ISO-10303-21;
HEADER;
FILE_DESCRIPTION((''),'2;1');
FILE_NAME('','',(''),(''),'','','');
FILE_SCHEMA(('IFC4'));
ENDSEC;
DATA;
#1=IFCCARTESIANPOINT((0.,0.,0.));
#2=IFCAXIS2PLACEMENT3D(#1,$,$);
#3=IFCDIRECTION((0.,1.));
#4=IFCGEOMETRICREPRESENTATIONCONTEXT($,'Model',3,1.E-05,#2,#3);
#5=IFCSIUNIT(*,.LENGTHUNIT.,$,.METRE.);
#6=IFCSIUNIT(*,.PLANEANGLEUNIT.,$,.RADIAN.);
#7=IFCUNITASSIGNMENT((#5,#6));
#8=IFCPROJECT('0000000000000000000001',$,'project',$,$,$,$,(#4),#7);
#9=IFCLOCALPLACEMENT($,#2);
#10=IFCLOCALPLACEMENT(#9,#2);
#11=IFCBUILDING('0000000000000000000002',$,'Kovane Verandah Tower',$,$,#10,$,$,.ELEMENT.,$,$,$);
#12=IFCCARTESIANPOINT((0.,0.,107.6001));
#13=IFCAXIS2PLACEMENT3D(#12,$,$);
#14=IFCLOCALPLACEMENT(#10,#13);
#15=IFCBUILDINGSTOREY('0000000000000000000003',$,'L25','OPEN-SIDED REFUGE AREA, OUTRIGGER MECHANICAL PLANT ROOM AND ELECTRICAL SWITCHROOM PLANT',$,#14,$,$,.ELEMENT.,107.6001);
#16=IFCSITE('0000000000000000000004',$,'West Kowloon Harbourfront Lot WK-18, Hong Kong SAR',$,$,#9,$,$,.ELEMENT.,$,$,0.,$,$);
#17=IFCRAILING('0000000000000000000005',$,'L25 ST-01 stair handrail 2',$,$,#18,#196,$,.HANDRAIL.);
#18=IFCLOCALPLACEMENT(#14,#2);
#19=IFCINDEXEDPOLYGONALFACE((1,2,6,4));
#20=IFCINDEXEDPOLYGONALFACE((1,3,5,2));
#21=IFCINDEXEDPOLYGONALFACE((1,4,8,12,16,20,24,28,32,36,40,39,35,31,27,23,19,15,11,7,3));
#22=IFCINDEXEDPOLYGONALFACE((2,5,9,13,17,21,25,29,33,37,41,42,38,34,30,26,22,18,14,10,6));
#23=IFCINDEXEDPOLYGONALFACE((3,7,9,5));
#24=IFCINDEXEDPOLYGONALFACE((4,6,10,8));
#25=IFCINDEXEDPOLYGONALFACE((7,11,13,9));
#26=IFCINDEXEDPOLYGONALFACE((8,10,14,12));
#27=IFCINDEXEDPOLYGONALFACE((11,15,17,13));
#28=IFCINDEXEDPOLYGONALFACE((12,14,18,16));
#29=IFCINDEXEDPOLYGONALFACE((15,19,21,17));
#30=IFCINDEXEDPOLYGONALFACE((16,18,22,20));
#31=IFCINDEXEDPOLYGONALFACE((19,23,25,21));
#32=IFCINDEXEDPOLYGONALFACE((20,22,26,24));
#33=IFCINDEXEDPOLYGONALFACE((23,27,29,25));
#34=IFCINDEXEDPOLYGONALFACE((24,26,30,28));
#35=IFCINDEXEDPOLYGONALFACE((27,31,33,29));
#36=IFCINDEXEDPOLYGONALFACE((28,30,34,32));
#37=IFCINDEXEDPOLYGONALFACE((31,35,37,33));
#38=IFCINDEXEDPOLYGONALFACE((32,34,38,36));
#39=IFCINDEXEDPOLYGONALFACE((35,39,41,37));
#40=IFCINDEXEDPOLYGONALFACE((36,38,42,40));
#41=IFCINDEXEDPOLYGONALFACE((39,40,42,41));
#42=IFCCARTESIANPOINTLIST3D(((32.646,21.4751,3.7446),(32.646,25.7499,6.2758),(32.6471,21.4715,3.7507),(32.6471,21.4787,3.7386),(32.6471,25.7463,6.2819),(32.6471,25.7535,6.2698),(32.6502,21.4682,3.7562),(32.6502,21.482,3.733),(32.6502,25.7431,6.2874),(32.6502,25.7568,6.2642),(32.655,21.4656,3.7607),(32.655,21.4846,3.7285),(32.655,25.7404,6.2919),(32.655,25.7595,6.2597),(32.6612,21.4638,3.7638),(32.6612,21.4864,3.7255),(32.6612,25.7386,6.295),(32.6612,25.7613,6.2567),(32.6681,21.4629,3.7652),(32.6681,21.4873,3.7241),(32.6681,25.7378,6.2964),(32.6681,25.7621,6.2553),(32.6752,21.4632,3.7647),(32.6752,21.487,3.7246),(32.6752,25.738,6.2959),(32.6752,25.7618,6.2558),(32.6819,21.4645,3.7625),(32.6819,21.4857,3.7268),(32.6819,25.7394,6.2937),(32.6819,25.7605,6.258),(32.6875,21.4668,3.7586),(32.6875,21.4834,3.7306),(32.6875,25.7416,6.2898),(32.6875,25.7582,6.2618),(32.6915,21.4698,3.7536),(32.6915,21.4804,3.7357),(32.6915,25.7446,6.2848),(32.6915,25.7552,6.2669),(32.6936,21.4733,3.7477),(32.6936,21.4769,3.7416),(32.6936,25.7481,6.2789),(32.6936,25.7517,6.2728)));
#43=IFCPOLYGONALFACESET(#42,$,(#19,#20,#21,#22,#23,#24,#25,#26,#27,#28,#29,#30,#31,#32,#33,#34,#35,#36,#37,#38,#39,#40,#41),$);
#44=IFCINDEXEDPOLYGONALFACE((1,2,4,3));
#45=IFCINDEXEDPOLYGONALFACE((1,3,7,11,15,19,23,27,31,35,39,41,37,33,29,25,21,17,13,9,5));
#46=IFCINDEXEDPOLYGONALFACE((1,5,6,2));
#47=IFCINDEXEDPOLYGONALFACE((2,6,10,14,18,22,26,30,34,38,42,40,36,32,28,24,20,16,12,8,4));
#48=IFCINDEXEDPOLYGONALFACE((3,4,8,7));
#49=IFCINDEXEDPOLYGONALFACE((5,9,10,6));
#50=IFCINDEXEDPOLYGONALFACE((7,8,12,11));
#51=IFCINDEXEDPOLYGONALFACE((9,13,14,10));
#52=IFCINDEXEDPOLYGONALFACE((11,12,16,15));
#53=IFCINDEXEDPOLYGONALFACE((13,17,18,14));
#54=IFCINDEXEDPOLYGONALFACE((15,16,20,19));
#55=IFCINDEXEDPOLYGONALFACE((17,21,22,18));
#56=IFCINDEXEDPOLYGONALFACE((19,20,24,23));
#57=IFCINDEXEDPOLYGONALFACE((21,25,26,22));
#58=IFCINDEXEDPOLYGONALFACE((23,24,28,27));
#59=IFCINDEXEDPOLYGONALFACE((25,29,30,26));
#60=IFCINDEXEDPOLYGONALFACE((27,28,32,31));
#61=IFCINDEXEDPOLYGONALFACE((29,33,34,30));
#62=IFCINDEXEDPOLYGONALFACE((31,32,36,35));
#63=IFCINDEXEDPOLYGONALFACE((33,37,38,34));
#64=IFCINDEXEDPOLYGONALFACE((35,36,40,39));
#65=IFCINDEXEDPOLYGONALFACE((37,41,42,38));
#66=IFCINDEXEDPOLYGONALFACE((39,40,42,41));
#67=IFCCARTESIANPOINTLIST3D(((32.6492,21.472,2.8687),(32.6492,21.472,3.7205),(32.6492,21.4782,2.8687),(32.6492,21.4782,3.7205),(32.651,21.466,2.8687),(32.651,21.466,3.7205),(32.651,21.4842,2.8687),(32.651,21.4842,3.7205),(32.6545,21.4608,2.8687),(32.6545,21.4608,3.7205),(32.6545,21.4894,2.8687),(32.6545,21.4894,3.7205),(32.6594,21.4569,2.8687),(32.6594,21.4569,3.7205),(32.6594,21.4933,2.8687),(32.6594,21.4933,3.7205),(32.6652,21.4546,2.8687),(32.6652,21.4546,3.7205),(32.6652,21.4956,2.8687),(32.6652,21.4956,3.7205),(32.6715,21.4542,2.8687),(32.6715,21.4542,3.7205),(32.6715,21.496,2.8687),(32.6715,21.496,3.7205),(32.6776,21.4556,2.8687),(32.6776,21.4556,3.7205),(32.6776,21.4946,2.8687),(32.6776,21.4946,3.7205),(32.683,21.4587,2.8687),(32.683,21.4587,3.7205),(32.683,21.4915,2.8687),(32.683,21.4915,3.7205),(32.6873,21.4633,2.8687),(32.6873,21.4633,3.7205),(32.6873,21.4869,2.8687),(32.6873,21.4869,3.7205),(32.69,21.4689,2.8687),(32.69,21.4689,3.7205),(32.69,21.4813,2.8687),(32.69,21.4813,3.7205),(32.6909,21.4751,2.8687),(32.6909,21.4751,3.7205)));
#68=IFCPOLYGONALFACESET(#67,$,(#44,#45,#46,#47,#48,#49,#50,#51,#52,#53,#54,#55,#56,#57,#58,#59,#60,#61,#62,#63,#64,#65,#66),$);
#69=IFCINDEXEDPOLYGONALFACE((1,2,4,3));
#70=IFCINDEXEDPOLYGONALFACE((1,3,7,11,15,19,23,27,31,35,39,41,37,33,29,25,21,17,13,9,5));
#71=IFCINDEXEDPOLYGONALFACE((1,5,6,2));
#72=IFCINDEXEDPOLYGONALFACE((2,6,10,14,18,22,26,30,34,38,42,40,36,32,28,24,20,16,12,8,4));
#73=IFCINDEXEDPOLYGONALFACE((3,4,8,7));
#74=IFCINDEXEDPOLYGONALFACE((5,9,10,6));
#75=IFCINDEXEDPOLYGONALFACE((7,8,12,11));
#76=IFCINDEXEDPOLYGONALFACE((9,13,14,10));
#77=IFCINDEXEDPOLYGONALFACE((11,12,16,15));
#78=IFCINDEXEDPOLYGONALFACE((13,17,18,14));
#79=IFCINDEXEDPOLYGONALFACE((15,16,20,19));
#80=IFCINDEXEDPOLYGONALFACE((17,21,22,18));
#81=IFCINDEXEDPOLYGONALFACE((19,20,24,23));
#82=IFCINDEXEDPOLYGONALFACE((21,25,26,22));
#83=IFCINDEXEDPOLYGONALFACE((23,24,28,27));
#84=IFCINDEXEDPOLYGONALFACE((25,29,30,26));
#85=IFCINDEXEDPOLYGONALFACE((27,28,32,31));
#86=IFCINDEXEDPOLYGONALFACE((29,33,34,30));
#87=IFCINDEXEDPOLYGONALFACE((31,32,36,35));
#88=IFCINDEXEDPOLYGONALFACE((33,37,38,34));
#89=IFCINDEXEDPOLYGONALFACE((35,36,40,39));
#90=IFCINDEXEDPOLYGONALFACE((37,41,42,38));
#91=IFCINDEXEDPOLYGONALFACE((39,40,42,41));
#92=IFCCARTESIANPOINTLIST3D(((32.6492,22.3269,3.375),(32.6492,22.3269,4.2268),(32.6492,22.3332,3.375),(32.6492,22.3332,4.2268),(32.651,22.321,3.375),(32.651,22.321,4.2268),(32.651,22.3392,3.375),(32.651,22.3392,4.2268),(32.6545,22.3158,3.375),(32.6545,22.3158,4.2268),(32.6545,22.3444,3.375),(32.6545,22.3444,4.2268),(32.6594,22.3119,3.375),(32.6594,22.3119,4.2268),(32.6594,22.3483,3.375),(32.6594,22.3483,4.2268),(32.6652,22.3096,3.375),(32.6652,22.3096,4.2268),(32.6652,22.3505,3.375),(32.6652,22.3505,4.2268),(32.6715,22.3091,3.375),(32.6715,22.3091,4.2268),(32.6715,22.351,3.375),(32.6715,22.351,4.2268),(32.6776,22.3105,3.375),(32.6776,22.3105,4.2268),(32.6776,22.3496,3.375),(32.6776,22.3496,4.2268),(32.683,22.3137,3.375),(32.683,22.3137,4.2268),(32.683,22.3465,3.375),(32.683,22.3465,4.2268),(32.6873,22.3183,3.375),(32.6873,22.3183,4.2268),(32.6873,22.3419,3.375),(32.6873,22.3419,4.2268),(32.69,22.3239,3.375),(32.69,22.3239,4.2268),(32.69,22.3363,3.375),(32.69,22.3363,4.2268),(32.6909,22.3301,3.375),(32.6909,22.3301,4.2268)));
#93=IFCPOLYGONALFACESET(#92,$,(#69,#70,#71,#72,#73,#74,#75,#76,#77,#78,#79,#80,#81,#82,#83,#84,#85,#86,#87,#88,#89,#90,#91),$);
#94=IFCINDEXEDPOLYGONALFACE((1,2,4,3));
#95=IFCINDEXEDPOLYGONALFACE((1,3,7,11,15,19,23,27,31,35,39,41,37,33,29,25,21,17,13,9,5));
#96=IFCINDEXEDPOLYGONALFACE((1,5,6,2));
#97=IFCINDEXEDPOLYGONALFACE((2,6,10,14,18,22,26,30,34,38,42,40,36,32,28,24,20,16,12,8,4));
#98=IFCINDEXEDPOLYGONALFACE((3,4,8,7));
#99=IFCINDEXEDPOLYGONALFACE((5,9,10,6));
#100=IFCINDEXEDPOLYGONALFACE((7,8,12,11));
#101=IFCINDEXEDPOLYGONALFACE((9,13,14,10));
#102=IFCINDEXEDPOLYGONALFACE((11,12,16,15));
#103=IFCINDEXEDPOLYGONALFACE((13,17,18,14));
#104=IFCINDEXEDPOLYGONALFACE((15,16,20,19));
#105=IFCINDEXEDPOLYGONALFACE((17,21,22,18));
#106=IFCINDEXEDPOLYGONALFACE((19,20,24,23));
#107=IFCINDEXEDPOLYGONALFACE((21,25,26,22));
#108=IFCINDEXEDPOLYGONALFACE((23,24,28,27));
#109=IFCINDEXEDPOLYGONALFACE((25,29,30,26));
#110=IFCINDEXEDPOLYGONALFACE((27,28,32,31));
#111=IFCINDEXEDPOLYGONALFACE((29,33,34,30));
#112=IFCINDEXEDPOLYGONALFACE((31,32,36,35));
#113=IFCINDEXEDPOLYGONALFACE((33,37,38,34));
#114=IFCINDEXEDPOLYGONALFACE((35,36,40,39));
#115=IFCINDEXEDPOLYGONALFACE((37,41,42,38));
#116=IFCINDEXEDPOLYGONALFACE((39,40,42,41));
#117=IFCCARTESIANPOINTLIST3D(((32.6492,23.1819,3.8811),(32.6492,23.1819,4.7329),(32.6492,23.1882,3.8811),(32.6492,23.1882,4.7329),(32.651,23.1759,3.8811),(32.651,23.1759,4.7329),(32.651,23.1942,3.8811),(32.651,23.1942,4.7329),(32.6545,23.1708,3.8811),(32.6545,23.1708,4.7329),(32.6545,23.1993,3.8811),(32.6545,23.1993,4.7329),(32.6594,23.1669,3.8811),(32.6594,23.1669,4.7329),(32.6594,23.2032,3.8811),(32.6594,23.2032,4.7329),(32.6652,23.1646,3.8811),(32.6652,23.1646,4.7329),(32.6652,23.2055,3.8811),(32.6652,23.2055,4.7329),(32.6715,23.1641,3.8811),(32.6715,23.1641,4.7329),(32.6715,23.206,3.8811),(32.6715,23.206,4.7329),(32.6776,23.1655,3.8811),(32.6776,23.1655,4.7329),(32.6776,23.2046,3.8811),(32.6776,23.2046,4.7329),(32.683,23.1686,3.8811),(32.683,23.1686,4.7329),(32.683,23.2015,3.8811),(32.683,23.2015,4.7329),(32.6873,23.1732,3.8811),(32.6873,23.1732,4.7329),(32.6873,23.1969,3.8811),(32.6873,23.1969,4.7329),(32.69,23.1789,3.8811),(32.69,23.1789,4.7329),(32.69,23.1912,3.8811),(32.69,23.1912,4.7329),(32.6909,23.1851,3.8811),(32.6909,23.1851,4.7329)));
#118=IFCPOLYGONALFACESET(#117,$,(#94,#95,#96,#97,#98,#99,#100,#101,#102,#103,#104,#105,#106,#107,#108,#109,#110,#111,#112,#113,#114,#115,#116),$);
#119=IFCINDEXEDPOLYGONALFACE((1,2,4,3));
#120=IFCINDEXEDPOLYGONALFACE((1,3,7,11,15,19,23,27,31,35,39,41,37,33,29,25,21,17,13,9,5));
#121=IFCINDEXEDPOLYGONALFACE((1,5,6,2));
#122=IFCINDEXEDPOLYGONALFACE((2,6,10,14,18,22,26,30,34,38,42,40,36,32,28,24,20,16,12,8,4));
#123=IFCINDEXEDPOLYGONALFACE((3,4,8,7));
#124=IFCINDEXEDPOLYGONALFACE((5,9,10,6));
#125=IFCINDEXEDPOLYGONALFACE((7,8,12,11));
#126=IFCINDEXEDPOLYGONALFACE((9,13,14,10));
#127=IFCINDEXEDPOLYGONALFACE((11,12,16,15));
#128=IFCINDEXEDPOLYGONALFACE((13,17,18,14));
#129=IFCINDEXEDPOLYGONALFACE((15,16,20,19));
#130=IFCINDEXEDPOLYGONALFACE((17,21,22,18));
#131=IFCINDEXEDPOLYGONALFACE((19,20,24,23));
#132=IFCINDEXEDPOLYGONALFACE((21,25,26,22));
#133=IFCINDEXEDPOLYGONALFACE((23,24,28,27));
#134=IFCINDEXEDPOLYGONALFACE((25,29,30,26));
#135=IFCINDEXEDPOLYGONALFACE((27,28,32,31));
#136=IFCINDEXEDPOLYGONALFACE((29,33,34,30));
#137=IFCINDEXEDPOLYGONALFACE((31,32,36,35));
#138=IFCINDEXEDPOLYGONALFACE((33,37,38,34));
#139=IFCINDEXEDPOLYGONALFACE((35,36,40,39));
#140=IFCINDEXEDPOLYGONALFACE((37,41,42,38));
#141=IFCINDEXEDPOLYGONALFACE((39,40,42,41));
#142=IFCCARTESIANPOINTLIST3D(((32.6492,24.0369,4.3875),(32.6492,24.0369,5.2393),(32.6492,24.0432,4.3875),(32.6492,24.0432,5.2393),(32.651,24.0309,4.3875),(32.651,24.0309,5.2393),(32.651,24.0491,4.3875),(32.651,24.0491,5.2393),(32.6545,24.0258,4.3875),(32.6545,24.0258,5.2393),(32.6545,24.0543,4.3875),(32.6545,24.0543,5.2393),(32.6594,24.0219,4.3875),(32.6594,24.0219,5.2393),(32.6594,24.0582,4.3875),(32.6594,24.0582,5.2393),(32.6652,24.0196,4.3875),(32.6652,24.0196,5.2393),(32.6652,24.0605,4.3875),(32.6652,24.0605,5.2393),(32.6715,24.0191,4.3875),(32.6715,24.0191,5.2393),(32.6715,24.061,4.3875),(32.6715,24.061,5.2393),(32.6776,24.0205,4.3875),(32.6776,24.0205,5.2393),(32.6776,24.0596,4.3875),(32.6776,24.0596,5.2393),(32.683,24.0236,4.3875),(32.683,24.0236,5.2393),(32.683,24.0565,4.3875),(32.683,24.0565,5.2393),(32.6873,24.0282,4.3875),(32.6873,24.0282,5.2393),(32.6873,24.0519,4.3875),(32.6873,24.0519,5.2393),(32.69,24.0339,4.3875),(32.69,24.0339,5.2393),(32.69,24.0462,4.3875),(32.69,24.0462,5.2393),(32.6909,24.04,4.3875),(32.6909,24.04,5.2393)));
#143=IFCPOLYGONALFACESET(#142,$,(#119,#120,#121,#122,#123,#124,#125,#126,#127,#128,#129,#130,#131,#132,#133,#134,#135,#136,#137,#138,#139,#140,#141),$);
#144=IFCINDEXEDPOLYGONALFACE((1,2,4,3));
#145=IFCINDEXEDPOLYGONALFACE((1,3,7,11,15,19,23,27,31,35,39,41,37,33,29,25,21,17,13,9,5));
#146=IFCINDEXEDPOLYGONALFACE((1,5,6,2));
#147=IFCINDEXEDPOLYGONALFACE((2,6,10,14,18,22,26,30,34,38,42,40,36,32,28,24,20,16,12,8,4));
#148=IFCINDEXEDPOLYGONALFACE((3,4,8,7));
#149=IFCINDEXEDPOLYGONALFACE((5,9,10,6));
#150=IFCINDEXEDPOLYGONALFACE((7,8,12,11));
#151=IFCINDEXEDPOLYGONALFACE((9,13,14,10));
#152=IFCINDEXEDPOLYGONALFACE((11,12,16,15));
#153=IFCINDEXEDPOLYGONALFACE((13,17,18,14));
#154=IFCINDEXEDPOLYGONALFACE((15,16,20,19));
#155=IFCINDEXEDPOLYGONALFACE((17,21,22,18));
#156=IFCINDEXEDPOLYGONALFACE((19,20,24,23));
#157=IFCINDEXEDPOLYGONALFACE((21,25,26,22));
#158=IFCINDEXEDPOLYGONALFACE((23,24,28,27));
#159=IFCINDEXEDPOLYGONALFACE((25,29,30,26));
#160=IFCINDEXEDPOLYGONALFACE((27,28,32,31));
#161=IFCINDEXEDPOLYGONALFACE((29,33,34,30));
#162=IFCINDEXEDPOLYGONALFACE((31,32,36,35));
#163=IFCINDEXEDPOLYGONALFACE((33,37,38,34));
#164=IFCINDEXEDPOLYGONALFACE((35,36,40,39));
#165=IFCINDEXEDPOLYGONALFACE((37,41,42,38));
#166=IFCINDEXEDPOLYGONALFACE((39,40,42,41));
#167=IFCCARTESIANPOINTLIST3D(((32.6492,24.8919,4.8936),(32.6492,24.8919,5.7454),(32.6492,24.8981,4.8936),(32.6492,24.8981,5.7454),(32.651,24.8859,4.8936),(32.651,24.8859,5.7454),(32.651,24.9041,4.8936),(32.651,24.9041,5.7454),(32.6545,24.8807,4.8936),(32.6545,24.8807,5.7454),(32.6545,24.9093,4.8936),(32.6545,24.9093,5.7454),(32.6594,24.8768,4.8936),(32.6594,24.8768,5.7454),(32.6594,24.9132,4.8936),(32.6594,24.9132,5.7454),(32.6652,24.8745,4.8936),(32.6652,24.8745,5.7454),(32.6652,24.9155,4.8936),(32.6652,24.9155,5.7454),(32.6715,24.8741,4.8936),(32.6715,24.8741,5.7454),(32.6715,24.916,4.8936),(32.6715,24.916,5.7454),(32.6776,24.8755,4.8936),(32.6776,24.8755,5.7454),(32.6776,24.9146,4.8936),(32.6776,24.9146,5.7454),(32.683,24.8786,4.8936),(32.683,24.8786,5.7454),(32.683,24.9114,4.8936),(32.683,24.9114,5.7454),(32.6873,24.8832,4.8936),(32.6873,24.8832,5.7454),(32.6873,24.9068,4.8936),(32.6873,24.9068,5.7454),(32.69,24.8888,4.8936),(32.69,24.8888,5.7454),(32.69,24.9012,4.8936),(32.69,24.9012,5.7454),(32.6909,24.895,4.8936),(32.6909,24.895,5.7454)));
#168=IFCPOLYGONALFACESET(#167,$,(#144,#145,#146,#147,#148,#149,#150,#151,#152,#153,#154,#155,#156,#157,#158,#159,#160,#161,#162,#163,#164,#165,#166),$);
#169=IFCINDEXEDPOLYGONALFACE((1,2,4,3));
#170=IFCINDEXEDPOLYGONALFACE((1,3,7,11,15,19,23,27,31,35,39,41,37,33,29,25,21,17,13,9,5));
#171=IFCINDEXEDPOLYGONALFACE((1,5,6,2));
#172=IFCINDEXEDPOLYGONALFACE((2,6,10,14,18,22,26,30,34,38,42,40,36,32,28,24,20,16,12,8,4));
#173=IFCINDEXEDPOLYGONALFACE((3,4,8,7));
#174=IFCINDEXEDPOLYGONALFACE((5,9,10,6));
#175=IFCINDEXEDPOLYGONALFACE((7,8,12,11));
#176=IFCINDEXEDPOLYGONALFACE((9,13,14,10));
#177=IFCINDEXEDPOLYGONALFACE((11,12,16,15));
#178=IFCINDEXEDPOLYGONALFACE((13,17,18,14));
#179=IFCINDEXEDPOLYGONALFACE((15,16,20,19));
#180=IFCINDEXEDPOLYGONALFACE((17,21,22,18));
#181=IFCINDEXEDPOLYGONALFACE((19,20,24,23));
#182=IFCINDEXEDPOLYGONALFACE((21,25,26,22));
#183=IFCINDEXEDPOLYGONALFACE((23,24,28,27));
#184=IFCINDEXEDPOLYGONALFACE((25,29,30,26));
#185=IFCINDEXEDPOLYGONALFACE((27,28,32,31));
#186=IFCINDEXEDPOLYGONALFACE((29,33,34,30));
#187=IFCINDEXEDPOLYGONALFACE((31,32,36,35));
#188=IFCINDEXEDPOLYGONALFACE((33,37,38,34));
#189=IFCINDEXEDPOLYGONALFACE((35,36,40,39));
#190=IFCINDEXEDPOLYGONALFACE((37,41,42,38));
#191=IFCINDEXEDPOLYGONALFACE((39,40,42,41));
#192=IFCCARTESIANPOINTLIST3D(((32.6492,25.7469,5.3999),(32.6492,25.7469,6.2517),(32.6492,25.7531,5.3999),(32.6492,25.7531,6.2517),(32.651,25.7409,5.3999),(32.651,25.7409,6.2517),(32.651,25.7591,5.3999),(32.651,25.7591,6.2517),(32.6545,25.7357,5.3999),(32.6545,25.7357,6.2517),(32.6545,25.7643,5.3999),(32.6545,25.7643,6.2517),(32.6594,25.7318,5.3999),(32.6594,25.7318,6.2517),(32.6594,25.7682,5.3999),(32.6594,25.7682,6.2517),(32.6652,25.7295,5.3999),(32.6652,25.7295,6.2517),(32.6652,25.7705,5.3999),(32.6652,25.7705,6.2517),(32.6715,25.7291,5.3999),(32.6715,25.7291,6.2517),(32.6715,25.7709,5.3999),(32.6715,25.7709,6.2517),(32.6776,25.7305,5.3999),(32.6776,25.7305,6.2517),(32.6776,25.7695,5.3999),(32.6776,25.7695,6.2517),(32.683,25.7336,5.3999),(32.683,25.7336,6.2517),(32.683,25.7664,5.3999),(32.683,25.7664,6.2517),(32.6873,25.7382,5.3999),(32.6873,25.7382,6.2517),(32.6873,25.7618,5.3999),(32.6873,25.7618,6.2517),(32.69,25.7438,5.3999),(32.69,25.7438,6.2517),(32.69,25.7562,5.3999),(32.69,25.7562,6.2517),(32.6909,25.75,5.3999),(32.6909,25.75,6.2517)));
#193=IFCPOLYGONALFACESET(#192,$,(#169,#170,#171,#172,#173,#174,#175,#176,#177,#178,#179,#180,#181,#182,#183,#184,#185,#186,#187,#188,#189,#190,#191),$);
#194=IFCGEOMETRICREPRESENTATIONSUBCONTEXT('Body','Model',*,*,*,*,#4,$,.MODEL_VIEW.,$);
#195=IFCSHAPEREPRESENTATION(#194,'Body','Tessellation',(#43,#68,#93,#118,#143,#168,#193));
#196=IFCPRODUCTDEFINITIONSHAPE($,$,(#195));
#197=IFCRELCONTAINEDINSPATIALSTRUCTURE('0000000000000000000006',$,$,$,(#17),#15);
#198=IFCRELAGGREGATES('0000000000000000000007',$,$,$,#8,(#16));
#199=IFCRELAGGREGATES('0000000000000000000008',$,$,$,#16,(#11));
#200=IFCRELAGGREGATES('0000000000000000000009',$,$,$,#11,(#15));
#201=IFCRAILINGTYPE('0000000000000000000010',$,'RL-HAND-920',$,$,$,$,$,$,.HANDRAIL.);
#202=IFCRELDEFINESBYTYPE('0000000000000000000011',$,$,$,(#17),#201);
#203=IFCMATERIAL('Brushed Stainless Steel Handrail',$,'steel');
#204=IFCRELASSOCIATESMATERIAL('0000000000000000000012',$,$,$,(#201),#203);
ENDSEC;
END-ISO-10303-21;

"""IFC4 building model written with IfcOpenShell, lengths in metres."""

from ifc_helpers import new_model, si_unit, direction, frame, origin, origin_2d, place, context, subcontext, project, spatial, circle, extrude, material, type_object, element, save


model = new_model("IFC4")

# Units and contexts
model_context = context("Model", 3, precision=1e-05, world=origin(), true_north=direction((0.0, 1.0)))
body_context = subcontext(model_context, "Body", "Model", "MODEL_VIEW")
ifc_project = project(units=[si_unit("LENGTHUNIT", "METRE"), si_unit("PLANEANGLEUNIT", "RADIAN")], contexts=[model_context])

# Site, building, storey
site_placement = place(None, origin())
site = spatial("IfcSite", under=ifc_project, at=site_placement, Name="West Kowloon Harbourfront Lot WK-18, Hong Kong SAR", CompositionType="ELEMENT", RefElevation=0.0)
building_placement = place(site_placement, origin())
building = spatial("IfcBuilding", under=site, at=building_placement, Name="Kovane Verandah Tower", CompositionType="ELEMENT")
storey_placement = place(building_placement, frame((0.0, 0.0, 107.6001)))
storey = spatial("IfcBuildingStorey", under=building, at=storey_placement, Name="L25", Description="OPEN-SIDED REFUGE AREA, OUTRIGGER MECHANICAL PLANT ROOM AND ELECTRICAL SWITCHROOM PLANT", CompositionType="ELEMENT", Elevation=107.6001)

# Railing
ifc_material_1 = material(Name="Brushed Stainless Steel Handrail", Category="steel")
railing_type_1 = type_object("IfcRailingType", Name="RL-HAND-920", PredefinedType="HANDRAIL", material=ifc_material_1)
railing_1_placement = place(storey_placement, frame((32.6699, 21.4751, 2.8687)))
element("IfcRailing", 1, at=railing_1_placement, inside=storey, type_object=railing_type_1, Name="L25 ST-01 stair handrail 2", PredefinedType="HANDRAIL", context=body_context, shape_type="SweptSolid", body=[
    extrude(circle(Radius=0.0239, at=origin_2d()), frame((0.0, 0.0, 0.876), z_axis=(0.0, 0.86047, 0.509501), x_axis=(-1.0, 0.0, 0.0)), (0.0, 0.0, 1.0), 4.968),
    extrude(circle(Radius=0.021, at=origin_2d()), origin(), (0.0, 0.0, 1.0), 0.8518),
    extrude(circle(Radius=0.021, at=origin_2d()), frame((0.0, 0.855, 0.5063)), (0.0, 0.0, 1.0), 0.8518),
    extrude(circle(Radius=0.021, at=origin_2d()), frame((0.0, 1.71, 1.0125)), (0.0, 0.0, 1.0), 0.8518),
    extrude(circle(Radius=0.021, at=origin_2d()), frame((0.0, 2.5649, 1.5188)), (0.0, 0.0, 1.0), 0.8518),
    extrude(circle(Radius=0.021, at=origin_2d()), frame((0.0, 3.4199, 2.0249)), (0.0, 0.0, 1.0), 0.8518),
    extrude(circle(Radius=0.021, at=origin_2d()), frame((0.0, 4.2749, 2.5312)), (0.0, 0.0, 1.0), 0.8518),
])

save(model, "model.ifc")
